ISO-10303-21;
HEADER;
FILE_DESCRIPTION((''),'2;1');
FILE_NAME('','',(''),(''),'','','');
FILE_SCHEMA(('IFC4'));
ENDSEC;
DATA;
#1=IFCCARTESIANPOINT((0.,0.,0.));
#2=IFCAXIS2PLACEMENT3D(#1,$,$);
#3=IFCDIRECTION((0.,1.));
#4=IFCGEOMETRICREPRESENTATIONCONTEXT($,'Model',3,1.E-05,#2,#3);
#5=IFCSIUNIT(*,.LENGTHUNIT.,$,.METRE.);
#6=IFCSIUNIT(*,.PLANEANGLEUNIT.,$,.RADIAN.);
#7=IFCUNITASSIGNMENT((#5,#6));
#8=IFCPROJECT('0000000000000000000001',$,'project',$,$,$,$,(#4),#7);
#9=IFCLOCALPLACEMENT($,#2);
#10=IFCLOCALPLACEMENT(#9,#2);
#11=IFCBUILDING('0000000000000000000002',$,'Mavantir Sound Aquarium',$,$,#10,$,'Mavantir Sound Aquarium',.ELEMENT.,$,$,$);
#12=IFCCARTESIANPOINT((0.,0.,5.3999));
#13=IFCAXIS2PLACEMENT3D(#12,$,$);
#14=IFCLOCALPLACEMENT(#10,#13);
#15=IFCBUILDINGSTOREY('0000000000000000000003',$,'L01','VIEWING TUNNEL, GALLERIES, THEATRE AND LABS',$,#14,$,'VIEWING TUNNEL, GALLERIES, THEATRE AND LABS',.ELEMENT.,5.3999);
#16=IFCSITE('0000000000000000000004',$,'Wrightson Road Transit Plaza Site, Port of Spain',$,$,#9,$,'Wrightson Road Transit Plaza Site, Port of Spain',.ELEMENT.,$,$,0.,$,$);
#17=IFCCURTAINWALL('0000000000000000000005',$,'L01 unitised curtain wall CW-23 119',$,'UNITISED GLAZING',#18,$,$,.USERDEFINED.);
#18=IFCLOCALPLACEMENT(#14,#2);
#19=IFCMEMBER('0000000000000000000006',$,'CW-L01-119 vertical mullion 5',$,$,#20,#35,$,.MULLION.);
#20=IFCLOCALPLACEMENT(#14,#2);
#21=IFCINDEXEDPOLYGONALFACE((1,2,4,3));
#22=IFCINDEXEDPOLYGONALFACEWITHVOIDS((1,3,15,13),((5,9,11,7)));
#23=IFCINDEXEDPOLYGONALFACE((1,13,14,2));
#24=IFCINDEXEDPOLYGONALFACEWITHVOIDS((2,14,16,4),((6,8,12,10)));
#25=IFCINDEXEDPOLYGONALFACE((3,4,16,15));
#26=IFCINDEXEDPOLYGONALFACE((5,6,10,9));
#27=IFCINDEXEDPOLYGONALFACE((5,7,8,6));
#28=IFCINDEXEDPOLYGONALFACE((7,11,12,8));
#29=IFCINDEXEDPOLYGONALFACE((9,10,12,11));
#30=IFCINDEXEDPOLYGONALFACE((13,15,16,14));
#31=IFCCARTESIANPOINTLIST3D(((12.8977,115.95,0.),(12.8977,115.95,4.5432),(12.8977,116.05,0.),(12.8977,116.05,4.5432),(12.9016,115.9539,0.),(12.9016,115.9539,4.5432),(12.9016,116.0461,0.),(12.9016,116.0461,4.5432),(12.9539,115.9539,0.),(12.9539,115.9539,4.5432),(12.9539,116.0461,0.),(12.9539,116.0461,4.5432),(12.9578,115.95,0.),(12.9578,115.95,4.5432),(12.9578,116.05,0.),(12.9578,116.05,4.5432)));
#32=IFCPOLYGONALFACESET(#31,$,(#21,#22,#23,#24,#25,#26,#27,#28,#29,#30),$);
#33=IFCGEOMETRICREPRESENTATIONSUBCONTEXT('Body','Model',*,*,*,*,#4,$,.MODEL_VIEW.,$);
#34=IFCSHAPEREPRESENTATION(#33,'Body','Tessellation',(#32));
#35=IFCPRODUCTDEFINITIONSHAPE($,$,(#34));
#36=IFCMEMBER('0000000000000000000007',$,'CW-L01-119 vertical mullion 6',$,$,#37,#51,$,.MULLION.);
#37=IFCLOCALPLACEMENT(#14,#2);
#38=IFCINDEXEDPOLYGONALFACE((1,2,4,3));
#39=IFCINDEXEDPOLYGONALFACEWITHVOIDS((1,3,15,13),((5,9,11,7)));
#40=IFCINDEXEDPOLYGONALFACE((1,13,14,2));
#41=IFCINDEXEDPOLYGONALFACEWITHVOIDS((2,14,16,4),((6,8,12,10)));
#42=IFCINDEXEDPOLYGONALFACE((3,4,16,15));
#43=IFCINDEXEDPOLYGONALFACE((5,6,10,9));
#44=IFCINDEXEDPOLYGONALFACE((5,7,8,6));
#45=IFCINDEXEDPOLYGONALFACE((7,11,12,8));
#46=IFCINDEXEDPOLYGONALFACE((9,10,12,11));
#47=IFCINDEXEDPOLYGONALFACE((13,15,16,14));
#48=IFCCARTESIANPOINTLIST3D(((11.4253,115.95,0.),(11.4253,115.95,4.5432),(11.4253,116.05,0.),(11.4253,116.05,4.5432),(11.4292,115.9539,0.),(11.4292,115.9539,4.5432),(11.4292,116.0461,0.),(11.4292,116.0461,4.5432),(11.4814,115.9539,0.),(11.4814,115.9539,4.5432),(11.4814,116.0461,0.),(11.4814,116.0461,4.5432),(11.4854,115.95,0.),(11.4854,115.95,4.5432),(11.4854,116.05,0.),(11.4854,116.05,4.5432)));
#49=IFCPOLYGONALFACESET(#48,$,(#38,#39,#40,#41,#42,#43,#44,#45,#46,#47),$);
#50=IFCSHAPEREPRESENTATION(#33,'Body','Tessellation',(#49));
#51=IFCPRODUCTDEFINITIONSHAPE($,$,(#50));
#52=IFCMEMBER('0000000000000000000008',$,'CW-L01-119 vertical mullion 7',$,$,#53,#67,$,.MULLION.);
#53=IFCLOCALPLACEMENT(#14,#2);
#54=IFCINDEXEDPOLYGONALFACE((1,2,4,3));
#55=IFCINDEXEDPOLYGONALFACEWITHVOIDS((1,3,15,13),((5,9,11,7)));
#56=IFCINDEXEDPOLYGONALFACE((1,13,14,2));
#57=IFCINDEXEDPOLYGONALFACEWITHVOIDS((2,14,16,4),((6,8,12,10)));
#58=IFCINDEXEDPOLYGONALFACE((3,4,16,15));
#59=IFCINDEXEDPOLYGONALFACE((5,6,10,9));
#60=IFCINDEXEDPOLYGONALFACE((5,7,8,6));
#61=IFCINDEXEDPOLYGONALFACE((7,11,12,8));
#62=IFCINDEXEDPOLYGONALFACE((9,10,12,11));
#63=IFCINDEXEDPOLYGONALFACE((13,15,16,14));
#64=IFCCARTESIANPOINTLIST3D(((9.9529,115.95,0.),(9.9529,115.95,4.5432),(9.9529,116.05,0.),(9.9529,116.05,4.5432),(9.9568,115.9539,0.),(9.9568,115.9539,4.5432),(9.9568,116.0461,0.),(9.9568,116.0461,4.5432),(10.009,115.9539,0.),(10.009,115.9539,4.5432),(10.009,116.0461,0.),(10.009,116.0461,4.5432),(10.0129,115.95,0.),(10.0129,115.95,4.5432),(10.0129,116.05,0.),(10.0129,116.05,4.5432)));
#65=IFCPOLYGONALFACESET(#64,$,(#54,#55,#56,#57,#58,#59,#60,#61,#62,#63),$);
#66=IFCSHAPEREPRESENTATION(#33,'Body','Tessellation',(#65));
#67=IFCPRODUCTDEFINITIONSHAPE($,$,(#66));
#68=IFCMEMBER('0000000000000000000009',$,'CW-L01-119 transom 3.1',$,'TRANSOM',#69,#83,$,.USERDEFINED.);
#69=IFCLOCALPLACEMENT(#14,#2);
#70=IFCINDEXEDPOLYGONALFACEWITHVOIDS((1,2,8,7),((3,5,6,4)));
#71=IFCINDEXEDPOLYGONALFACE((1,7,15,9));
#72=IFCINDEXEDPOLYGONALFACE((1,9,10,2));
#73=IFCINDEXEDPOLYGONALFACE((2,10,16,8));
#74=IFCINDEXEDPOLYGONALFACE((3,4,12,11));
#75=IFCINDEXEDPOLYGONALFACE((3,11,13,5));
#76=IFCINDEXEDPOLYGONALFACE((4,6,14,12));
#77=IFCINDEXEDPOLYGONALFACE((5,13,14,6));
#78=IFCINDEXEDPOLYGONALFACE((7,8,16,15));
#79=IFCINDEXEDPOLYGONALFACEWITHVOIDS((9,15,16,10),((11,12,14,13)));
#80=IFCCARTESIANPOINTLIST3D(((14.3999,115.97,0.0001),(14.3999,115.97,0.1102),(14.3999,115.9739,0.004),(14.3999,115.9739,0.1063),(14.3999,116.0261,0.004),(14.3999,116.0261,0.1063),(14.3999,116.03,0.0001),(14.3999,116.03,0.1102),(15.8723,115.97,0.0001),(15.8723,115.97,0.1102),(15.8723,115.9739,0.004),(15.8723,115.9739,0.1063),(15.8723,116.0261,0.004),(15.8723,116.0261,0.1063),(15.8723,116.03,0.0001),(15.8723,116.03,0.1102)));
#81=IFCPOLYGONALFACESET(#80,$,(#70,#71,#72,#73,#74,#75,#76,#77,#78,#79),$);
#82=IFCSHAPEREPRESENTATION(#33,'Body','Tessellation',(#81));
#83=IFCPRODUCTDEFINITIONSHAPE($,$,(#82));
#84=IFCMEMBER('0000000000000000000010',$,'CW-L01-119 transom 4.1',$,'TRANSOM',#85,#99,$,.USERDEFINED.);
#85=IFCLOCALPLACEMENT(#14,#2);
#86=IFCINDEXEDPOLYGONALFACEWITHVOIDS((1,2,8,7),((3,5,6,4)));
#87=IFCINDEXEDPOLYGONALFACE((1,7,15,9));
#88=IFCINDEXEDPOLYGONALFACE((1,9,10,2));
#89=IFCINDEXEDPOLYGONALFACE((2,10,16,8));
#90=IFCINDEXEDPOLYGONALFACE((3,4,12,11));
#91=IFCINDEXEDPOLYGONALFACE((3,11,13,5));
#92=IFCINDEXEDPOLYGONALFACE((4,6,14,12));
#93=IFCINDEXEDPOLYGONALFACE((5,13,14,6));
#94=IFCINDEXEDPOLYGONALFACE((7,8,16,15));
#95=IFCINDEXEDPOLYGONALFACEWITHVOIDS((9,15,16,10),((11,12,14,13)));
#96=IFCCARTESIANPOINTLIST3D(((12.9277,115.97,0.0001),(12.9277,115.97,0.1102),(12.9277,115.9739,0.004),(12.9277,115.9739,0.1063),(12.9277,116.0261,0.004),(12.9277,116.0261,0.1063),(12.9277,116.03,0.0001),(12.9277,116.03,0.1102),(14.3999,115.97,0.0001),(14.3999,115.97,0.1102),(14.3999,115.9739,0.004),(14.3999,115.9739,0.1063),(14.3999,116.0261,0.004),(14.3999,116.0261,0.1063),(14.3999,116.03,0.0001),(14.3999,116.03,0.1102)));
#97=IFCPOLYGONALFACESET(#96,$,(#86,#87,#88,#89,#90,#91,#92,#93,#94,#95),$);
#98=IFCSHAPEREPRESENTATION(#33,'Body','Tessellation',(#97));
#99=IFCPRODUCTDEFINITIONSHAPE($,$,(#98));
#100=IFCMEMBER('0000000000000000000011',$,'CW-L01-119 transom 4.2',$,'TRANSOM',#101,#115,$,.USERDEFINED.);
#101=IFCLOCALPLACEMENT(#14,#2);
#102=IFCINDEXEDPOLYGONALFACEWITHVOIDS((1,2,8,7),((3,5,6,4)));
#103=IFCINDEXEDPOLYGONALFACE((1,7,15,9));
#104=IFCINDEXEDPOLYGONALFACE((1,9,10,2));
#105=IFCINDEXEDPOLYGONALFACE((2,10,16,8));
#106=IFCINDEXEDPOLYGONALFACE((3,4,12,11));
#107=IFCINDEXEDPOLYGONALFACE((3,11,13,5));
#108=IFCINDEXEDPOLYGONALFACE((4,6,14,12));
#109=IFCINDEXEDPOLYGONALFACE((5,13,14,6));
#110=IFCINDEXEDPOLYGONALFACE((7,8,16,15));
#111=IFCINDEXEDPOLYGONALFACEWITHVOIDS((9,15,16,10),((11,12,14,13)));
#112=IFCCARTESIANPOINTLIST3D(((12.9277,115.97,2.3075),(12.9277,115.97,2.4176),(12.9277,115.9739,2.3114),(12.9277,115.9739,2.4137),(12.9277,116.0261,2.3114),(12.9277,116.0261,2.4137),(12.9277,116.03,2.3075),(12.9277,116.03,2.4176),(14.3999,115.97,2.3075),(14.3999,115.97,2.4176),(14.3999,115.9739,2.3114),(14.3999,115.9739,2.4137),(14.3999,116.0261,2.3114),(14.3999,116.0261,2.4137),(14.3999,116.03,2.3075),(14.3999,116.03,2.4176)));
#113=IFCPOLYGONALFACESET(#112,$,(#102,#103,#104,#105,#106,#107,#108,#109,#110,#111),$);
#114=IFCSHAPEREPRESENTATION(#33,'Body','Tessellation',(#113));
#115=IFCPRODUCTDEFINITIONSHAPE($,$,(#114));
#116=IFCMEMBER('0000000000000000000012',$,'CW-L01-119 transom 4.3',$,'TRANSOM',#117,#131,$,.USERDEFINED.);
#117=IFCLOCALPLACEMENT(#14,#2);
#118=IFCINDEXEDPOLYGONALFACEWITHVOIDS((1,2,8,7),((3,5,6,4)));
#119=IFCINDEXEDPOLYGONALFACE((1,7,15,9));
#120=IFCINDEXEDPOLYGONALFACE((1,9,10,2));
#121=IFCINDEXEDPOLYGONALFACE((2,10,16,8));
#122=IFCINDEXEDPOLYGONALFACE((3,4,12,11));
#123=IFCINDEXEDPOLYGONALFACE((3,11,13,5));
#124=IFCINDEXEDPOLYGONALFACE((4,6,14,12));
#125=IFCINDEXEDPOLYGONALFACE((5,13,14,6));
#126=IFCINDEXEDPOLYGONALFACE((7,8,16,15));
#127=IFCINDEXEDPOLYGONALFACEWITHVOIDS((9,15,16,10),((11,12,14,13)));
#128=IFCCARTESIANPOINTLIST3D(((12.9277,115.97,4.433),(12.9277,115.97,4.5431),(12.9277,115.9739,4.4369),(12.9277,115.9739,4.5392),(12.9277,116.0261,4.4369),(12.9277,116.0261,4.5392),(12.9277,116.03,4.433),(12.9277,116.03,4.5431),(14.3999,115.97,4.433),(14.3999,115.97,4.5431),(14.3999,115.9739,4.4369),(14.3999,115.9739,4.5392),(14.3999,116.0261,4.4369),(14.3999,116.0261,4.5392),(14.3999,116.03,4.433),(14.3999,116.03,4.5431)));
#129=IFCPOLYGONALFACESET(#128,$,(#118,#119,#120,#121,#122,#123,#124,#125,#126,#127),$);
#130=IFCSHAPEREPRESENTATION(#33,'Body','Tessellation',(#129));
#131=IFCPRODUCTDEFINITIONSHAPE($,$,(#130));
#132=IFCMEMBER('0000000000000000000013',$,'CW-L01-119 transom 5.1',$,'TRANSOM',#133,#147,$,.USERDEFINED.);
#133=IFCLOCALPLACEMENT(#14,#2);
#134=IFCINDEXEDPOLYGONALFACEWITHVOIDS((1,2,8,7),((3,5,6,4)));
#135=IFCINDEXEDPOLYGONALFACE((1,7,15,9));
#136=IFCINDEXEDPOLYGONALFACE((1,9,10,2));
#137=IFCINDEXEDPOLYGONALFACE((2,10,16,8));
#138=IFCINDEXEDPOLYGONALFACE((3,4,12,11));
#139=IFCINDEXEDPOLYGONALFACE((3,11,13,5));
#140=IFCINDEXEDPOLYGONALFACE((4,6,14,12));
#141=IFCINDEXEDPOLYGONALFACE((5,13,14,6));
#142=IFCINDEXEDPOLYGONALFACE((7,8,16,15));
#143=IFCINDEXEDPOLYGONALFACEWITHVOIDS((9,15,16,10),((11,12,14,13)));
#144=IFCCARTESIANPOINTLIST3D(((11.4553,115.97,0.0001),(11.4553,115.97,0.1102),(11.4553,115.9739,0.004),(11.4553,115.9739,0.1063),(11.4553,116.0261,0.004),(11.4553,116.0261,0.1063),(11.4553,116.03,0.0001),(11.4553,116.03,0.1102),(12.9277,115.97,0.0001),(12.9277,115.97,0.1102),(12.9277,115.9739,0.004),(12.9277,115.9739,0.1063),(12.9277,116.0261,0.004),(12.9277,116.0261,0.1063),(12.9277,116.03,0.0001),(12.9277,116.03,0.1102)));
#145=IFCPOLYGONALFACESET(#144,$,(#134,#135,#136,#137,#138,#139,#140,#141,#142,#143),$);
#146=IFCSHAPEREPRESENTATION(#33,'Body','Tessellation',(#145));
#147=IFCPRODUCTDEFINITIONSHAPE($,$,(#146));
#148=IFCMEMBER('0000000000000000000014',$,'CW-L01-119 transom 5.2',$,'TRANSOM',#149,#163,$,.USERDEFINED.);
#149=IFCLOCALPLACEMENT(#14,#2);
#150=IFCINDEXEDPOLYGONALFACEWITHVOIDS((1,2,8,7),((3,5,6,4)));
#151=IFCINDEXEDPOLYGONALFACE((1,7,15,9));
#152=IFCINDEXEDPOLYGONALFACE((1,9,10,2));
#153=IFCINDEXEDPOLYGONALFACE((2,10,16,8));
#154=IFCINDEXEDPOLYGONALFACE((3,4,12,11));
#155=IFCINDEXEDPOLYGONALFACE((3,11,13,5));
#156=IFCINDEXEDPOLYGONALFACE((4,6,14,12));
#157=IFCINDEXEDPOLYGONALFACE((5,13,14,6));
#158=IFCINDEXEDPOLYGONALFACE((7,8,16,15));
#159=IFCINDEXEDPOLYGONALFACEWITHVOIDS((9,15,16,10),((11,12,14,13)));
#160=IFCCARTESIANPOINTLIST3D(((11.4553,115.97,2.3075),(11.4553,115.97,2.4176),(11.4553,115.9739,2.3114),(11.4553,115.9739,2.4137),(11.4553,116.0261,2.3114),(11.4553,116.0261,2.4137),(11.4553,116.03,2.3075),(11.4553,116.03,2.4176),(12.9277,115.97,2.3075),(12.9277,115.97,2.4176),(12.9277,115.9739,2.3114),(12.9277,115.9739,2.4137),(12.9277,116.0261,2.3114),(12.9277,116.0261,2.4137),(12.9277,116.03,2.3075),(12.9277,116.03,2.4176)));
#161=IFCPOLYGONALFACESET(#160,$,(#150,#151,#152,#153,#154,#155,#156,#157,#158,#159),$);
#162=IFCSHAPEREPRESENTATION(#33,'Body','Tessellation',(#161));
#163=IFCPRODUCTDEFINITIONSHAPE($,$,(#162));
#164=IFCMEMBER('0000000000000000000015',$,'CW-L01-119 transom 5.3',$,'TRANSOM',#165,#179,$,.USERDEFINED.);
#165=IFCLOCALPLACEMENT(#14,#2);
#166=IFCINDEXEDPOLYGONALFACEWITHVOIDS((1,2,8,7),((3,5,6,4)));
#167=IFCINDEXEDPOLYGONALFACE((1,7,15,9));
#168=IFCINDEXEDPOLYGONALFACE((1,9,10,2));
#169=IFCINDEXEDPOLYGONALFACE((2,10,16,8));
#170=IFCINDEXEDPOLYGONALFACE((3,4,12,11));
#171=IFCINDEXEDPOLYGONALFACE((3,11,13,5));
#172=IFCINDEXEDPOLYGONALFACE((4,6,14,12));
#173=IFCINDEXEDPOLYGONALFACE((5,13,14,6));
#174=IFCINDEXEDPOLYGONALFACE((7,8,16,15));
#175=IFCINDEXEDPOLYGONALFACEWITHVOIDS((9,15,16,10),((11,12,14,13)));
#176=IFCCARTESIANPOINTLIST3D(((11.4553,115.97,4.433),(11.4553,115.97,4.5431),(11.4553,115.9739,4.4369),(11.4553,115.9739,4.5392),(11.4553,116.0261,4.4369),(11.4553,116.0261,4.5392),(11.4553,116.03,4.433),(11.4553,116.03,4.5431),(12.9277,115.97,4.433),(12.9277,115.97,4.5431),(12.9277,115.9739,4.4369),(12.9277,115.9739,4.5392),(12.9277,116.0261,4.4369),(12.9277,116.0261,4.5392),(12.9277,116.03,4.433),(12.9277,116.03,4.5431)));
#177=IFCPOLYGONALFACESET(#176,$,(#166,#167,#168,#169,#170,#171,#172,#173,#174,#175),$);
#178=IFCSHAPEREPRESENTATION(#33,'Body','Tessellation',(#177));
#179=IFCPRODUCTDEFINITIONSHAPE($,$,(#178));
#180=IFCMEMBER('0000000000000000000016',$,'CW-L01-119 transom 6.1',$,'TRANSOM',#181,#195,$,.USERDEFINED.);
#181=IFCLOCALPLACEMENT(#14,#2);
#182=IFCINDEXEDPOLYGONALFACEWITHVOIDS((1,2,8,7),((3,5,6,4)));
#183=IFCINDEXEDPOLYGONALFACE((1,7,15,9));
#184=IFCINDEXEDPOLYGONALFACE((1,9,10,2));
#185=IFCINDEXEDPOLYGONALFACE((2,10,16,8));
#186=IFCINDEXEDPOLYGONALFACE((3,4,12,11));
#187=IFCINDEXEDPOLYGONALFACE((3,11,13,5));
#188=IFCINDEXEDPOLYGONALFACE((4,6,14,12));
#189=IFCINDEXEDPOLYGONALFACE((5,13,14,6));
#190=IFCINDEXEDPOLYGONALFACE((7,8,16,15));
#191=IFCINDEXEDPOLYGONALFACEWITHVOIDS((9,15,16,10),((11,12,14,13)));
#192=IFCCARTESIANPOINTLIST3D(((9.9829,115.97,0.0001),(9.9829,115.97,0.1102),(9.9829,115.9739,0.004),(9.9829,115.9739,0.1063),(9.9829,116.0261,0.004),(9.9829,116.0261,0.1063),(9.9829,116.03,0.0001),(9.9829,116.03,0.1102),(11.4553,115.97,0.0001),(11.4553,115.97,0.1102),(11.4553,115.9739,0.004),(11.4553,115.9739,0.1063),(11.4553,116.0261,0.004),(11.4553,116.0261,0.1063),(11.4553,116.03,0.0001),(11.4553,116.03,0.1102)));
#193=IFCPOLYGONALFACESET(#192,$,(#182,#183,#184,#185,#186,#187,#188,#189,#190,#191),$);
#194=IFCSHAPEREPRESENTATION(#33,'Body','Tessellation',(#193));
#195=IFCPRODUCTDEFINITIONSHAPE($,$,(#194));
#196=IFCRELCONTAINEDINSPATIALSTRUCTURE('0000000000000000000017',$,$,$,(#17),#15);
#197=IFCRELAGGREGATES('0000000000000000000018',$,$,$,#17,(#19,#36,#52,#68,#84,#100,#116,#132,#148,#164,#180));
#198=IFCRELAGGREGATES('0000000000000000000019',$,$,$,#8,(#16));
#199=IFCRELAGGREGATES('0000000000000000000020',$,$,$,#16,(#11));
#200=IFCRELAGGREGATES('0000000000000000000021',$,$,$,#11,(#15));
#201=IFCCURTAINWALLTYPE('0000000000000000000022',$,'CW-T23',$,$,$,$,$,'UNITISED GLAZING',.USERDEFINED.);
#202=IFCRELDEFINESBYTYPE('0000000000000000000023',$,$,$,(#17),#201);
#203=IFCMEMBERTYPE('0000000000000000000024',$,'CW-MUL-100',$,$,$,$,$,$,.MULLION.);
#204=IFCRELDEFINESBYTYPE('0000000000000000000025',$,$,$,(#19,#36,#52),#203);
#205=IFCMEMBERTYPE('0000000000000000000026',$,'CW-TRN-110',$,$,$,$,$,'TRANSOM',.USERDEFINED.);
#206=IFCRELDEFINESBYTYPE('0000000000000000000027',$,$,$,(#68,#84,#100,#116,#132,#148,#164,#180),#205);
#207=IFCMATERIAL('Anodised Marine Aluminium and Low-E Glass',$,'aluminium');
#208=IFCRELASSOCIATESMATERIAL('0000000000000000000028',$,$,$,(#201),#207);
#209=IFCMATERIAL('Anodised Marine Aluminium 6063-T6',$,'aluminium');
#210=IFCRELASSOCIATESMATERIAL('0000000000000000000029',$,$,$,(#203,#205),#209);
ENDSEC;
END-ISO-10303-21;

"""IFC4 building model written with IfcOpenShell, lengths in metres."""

from ifc_helpers import new_model, si_unit, direction, frame, origin, origin_2d, place, context, subcontext, project, spatial, hollow_rectangle, extrude, material, material_profile, profile_set, type_object, element, aggregate, save


model = new_model("IFC4")

# Units and contexts
model_context = context("Model", 3, precision=1e-05, world=origin(), true_north=direction((0.0, 1.0)))
body_context = subcontext(model_context, "Body", "Model", "MODEL_VIEW")
ifc_project = project(units=[si_unit("LENGTHUNIT", "METRE"), si_unit("PLANEANGLEUNIT", "RADIAN")], contexts=[model_context])

# Site, building, storey
site_placement = place(None, origin())
site = spatial("IfcSite", under=ifc_project, at=site_placement, Name="Wrightson Road Transit Plaza Site, Port of Spain", LongName="Wrightson Road Transit Plaza Site, Port of Spain", CompositionType="ELEMENT", RefElevation=0.0)
building_placement = place(site_placement, origin())
building = spatial("IfcBuilding", under=site, at=building_placement, Name="Mavantir Sound Aquarium", LongName="Mavantir Sound Aquarium", CompositionType="ELEMENT")
storey_placement = place(building_placement, frame((0.0, 0.0, 5.3999)))
storey = spatial("IfcBuildingStorey", under=building, at=storey_placement, Name="L01", Description="VIEWING TUNNEL, GALLERIES, THEATRE AND LABS", LongName="VIEWING TUNNEL, GALLERIES, THEATRE AND LABS", CompositionType="ELEMENT", Elevation=5.3999)

# Curtain wall, members
ifc_material_1 = material(Name="Anodised Marine Aluminium and Low-E Glass", Category="aluminium")
curtain_wall_type = type_object("IfcCurtainWallType", Name="CW-T23", ElementType="UNITISED GLAZING", PredefinedType="USERDEFINED", material=ifc_material_1)
curtain_wall_placement = place(storey_placement, origin())
curtain_wall = element("IfcCurtainWall", 1, at=curtain_wall_placement, inside=storey, type_object=curtain_wall_type, Name="L01 unitised curtain wall CW-23 119", ObjectType="UNITISED GLAZING", PredefinedType="USERDEFINED")
ifc_material_2 = material(Name="Anodised Marine Aluminium 6063-T6", Category="aluminium")
ifc_material_profile_1 = material_profile(ifc_material_2, hollow_rectangle(XDim=0.0601, YDim=0.1001, WallThickness=0.0039, at=origin_2d()), Name="ALU-MULLION-100X60")
ifc_profile_set_1 = profile_set([ifc_material_profile_1], Name="Anodised Marine Aluminium 6063-T6")
member_type_1 = type_object("IfcMemberType", Name="CW-MUL-100", PredefinedType="MULLION", material=ifc_profile_set_1)
member_1_placement = place(storey_placement, frame((12.9277, 116.0, 0.0), z_axis=(0.0, 0.0, 1.0), x_axis=(1.0, 0.0, 0.0)))
member_1 = element("IfcMember", 2, at=member_1_placement, type_object=member_type_1, Name="CW-L01-119 vertical mullion 5", PredefinedType="MULLION", context=body_context, shape_type="SweptSolid", body=[
    extrude(hollow_rectangle(XDim=0.0601, YDim=0.1001, WallThickness=0.0039, at=origin_2d()), origin(), (0.0, 0.0, 1.0), 4.5432),
])
member_2_placement = place(storey_placement, frame((11.4553, 116.0, 0.0), z_axis=(0.0, 0.0, 1.0), x_axis=(1.0, 0.0, 0.0)))
member_2 = element("IfcMember", 3, at=member_2_placement, type_object=member_type_1, Name="CW-L01-119 vertical mullion 6", PredefinedType="MULLION", context=body_context, shape_type="SweptSolid", body=[
    extrude(hollow_rectangle(XDim=0.0601, YDim=0.1001, WallThickness=0.0039, at=origin_2d()), origin(), (0.0, 0.0, 1.0), 4.5432),
])
member_3_placement = place(storey_placement, frame((9.9829, 116.0, 0.0), z_axis=(0.0, 0.0, 1.0), x_axis=(1.0, 0.0, 0.0)))
member_3 = element("IfcMember", 4, at=member_3_placement, type_object=member_type_1, Name="CW-L01-119 vertical mullion 7", PredefinedType="MULLION", context=body_context, shape_type="SweptSolid", body=[
    extrude(hollow_rectangle(XDim=0.0601, YDim=0.1001, WallThickness=0.0039, at=origin_2d()), origin(), (0.0, 0.0, 1.0), 4.5432),
])
ifc_material_profile_2 = material_profile(ifc_material_2, hollow_rectangle(XDim=0.0601, YDim=0.1101, WallThickness=0.0039, at=origin_2d()), Name="ALU-TRANSOM-110X60")
ifc_profile_set_2 = profile_set([ifc_material_profile_2], Name="Anodised Marine Aluminium 6063-T6")
member_type_2 = type_object("IfcMemberType", Name="CW-TRN-110", ElementType="TRANSOM", PredefinedType="USERDEFINED", material=ifc_profile_set_2)
member_4_placement = place(storey_placement, frame((15.8723, 116.0, 0.0552), z_axis=(-1.0, 0.0, 0.0), x_axis=(0.0, -1.0, 0.0)))
member_4 = element("IfcMember", 5, at=member_4_placement, type_object=member_type_2, Name="CW-L01-119 transom 3.1", ObjectType="TRANSOM", PredefinedType="USERDEFINED", context=body_context, shape_type="SweptSolid", body=[
    extrude(hollow_rectangle(XDim=0.0601, YDim=0.1101, WallThickness=0.0039, at=origin_2d()), origin(), (0.0, 0.0, 1.0), 1.4724),
])
member_5_placement = place(storey_placement, frame((14.3999, 116.0, 0.0552), z_axis=(-1.0, 0.0, 0.0), x_axis=(0.0, -1.0, 0.0)))
member_5 = element("IfcMember", 6, at=member_5_placement, type_object=member_type_2, Name="CW-L01-119 transom 4.1", ObjectType="TRANSOM", PredefinedType="USERDEFINED", context=body_context, shape_type="SweptSolid", body=[
    extrude(hollow_rectangle(XDim=0.0601, YDim=0.1101, WallThickness=0.0039, at=origin_2d()), origin(), (0.0, 0.0, 1.0), 1.4722),
])
member_6_placement = place(storey_placement, frame((14.3999, 116.0, 2.3625), z_axis=(-1.0, 0.0, 0.0), x_axis=(0.0, -1.0, 0.0)))
member_6 = element("IfcMember", 7, at=member_6_placement, type_object=member_type_2, Name="CW-L01-119 transom 4.2", ObjectType="TRANSOM", PredefinedType="USERDEFINED", context=body_context, shape_type="SweptSolid", body=[
    extrude(hollow_rectangle(XDim=0.0601, YDim=0.1101, WallThickness=0.0039, at=origin_2d()), origin(), (0.0, 0.0, 1.0), 1.4722),
])
member_7_placement = place(storey_placement, frame((14.3999, 116.0, 4.488), z_axis=(-1.0, 0.0, 0.0), x_axis=(0.0, -1.0, 0.0)))
member_7 = element("IfcMember", 8, at=member_7_placement, type_object=member_type_2, Name="CW-L01-119 transom 4.3", ObjectType="TRANSOM", PredefinedType="USERDEFINED", context=body_context, shape_type="SweptSolid", body=[
    extrude(hollow_rectangle(XDim=0.0601, YDim=0.1101, WallThickness=0.0039, at=origin_2d()), origin(), (0.0, 0.0, 1.0), 1.4722),
])
member_8_placement = place(storey_placement, frame((12.9277, 116.0, 0.0552), z_axis=(-1.0, 0.0, 0.0), x_axis=(0.0, -1.0, 0.0)))
member_8 = element("IfcMember", 9, at=member_8_placement, type_object=member_type_2, Name="CW-L01-119 transom 5.1", ObjectType="TRANSOM", PredefinedType="USERDEFINED", context=body_context, shape_type="SweptSolid", body=[
    extrude(hollow_rectangle(XDim=0.0601, YDim=0.1101, WallThickness=0.0039, at=origin_2d()), origin(), (0.0, 0.0, 1.0), 1.4724),
])
member_9_placement = place(storey_placement, frame((12.9277, 116.0, 2.3625), z_axis=(-1.0, 0.0, 0.0), x_axis=(0.0, -1.0, 0.0)))
member_9 = element("IfcMember", 10, at=member_9_placement, type_object=member_type_2, Name="CW-L01-119 transom 5.2", ObjectType="TRANSOM", PredefinedType="USERDEFINED", context=body_context, shape_type="SweptSolid", body=[
    extrude(hollow_rectangle(XDim=0.0601, YDim=0.1101, WallThickness=0.0039, at=origin_2d()), origin(), (0.0, 0.0, 1.0), 1.4724),
])
member_10_placement = place(storey_placement, frame((12.9277, 116.0, 4.488), z_axis=(-1.0, 0.0, 0.0), x_axis=(0.0, -1.0, 0.0)))
member_10 = element("IfcMember", 11, at=member_10_placement, type_object=member_type_2, Name="CW-L01-119 transom 5.3", ObjectType="TRANSOM", PredefinedType="USERDEFINED", context=body_context, shape_type="SweptSolid", body=[
    extrude(hollow_rectangle(XDim=0.0601, YDim=0.1101, WallThickness=0.0039, at=origin_2d()), origin(), (0.0, 0.0, 1.0), 1.4724),
])
member_11_placement = place(storey_placement, frame((11.4553, 116.0, 0.0552), z_axis=(-1.0, 0.0, 0.0), x_axis=(0.0, -1.0, 0.0)))
member_11 = element("IfcMember", 12, at=member_11_placement, type_object=member_type_2, Name="CW-L01-119 transom 6.1", ObjectType="TRANSOM", PredefinedType="USERDEFINED", context=body_context, shape_type="SweptSolid", body=[
    extrude(hollow_rectangle(XDim=0.0601, YDim=0.1101, WallThickness=0.0039, at=origin_2d()), origin(), (0.0, 0.0, 1.0), 1.4724),
])
aggregate(curtain_wall, [member_1, member_2, member_3, member_4, member_5, member_6, member_7, member_8, member_9, member_10, member_11])

save(model, "model.ifc")
